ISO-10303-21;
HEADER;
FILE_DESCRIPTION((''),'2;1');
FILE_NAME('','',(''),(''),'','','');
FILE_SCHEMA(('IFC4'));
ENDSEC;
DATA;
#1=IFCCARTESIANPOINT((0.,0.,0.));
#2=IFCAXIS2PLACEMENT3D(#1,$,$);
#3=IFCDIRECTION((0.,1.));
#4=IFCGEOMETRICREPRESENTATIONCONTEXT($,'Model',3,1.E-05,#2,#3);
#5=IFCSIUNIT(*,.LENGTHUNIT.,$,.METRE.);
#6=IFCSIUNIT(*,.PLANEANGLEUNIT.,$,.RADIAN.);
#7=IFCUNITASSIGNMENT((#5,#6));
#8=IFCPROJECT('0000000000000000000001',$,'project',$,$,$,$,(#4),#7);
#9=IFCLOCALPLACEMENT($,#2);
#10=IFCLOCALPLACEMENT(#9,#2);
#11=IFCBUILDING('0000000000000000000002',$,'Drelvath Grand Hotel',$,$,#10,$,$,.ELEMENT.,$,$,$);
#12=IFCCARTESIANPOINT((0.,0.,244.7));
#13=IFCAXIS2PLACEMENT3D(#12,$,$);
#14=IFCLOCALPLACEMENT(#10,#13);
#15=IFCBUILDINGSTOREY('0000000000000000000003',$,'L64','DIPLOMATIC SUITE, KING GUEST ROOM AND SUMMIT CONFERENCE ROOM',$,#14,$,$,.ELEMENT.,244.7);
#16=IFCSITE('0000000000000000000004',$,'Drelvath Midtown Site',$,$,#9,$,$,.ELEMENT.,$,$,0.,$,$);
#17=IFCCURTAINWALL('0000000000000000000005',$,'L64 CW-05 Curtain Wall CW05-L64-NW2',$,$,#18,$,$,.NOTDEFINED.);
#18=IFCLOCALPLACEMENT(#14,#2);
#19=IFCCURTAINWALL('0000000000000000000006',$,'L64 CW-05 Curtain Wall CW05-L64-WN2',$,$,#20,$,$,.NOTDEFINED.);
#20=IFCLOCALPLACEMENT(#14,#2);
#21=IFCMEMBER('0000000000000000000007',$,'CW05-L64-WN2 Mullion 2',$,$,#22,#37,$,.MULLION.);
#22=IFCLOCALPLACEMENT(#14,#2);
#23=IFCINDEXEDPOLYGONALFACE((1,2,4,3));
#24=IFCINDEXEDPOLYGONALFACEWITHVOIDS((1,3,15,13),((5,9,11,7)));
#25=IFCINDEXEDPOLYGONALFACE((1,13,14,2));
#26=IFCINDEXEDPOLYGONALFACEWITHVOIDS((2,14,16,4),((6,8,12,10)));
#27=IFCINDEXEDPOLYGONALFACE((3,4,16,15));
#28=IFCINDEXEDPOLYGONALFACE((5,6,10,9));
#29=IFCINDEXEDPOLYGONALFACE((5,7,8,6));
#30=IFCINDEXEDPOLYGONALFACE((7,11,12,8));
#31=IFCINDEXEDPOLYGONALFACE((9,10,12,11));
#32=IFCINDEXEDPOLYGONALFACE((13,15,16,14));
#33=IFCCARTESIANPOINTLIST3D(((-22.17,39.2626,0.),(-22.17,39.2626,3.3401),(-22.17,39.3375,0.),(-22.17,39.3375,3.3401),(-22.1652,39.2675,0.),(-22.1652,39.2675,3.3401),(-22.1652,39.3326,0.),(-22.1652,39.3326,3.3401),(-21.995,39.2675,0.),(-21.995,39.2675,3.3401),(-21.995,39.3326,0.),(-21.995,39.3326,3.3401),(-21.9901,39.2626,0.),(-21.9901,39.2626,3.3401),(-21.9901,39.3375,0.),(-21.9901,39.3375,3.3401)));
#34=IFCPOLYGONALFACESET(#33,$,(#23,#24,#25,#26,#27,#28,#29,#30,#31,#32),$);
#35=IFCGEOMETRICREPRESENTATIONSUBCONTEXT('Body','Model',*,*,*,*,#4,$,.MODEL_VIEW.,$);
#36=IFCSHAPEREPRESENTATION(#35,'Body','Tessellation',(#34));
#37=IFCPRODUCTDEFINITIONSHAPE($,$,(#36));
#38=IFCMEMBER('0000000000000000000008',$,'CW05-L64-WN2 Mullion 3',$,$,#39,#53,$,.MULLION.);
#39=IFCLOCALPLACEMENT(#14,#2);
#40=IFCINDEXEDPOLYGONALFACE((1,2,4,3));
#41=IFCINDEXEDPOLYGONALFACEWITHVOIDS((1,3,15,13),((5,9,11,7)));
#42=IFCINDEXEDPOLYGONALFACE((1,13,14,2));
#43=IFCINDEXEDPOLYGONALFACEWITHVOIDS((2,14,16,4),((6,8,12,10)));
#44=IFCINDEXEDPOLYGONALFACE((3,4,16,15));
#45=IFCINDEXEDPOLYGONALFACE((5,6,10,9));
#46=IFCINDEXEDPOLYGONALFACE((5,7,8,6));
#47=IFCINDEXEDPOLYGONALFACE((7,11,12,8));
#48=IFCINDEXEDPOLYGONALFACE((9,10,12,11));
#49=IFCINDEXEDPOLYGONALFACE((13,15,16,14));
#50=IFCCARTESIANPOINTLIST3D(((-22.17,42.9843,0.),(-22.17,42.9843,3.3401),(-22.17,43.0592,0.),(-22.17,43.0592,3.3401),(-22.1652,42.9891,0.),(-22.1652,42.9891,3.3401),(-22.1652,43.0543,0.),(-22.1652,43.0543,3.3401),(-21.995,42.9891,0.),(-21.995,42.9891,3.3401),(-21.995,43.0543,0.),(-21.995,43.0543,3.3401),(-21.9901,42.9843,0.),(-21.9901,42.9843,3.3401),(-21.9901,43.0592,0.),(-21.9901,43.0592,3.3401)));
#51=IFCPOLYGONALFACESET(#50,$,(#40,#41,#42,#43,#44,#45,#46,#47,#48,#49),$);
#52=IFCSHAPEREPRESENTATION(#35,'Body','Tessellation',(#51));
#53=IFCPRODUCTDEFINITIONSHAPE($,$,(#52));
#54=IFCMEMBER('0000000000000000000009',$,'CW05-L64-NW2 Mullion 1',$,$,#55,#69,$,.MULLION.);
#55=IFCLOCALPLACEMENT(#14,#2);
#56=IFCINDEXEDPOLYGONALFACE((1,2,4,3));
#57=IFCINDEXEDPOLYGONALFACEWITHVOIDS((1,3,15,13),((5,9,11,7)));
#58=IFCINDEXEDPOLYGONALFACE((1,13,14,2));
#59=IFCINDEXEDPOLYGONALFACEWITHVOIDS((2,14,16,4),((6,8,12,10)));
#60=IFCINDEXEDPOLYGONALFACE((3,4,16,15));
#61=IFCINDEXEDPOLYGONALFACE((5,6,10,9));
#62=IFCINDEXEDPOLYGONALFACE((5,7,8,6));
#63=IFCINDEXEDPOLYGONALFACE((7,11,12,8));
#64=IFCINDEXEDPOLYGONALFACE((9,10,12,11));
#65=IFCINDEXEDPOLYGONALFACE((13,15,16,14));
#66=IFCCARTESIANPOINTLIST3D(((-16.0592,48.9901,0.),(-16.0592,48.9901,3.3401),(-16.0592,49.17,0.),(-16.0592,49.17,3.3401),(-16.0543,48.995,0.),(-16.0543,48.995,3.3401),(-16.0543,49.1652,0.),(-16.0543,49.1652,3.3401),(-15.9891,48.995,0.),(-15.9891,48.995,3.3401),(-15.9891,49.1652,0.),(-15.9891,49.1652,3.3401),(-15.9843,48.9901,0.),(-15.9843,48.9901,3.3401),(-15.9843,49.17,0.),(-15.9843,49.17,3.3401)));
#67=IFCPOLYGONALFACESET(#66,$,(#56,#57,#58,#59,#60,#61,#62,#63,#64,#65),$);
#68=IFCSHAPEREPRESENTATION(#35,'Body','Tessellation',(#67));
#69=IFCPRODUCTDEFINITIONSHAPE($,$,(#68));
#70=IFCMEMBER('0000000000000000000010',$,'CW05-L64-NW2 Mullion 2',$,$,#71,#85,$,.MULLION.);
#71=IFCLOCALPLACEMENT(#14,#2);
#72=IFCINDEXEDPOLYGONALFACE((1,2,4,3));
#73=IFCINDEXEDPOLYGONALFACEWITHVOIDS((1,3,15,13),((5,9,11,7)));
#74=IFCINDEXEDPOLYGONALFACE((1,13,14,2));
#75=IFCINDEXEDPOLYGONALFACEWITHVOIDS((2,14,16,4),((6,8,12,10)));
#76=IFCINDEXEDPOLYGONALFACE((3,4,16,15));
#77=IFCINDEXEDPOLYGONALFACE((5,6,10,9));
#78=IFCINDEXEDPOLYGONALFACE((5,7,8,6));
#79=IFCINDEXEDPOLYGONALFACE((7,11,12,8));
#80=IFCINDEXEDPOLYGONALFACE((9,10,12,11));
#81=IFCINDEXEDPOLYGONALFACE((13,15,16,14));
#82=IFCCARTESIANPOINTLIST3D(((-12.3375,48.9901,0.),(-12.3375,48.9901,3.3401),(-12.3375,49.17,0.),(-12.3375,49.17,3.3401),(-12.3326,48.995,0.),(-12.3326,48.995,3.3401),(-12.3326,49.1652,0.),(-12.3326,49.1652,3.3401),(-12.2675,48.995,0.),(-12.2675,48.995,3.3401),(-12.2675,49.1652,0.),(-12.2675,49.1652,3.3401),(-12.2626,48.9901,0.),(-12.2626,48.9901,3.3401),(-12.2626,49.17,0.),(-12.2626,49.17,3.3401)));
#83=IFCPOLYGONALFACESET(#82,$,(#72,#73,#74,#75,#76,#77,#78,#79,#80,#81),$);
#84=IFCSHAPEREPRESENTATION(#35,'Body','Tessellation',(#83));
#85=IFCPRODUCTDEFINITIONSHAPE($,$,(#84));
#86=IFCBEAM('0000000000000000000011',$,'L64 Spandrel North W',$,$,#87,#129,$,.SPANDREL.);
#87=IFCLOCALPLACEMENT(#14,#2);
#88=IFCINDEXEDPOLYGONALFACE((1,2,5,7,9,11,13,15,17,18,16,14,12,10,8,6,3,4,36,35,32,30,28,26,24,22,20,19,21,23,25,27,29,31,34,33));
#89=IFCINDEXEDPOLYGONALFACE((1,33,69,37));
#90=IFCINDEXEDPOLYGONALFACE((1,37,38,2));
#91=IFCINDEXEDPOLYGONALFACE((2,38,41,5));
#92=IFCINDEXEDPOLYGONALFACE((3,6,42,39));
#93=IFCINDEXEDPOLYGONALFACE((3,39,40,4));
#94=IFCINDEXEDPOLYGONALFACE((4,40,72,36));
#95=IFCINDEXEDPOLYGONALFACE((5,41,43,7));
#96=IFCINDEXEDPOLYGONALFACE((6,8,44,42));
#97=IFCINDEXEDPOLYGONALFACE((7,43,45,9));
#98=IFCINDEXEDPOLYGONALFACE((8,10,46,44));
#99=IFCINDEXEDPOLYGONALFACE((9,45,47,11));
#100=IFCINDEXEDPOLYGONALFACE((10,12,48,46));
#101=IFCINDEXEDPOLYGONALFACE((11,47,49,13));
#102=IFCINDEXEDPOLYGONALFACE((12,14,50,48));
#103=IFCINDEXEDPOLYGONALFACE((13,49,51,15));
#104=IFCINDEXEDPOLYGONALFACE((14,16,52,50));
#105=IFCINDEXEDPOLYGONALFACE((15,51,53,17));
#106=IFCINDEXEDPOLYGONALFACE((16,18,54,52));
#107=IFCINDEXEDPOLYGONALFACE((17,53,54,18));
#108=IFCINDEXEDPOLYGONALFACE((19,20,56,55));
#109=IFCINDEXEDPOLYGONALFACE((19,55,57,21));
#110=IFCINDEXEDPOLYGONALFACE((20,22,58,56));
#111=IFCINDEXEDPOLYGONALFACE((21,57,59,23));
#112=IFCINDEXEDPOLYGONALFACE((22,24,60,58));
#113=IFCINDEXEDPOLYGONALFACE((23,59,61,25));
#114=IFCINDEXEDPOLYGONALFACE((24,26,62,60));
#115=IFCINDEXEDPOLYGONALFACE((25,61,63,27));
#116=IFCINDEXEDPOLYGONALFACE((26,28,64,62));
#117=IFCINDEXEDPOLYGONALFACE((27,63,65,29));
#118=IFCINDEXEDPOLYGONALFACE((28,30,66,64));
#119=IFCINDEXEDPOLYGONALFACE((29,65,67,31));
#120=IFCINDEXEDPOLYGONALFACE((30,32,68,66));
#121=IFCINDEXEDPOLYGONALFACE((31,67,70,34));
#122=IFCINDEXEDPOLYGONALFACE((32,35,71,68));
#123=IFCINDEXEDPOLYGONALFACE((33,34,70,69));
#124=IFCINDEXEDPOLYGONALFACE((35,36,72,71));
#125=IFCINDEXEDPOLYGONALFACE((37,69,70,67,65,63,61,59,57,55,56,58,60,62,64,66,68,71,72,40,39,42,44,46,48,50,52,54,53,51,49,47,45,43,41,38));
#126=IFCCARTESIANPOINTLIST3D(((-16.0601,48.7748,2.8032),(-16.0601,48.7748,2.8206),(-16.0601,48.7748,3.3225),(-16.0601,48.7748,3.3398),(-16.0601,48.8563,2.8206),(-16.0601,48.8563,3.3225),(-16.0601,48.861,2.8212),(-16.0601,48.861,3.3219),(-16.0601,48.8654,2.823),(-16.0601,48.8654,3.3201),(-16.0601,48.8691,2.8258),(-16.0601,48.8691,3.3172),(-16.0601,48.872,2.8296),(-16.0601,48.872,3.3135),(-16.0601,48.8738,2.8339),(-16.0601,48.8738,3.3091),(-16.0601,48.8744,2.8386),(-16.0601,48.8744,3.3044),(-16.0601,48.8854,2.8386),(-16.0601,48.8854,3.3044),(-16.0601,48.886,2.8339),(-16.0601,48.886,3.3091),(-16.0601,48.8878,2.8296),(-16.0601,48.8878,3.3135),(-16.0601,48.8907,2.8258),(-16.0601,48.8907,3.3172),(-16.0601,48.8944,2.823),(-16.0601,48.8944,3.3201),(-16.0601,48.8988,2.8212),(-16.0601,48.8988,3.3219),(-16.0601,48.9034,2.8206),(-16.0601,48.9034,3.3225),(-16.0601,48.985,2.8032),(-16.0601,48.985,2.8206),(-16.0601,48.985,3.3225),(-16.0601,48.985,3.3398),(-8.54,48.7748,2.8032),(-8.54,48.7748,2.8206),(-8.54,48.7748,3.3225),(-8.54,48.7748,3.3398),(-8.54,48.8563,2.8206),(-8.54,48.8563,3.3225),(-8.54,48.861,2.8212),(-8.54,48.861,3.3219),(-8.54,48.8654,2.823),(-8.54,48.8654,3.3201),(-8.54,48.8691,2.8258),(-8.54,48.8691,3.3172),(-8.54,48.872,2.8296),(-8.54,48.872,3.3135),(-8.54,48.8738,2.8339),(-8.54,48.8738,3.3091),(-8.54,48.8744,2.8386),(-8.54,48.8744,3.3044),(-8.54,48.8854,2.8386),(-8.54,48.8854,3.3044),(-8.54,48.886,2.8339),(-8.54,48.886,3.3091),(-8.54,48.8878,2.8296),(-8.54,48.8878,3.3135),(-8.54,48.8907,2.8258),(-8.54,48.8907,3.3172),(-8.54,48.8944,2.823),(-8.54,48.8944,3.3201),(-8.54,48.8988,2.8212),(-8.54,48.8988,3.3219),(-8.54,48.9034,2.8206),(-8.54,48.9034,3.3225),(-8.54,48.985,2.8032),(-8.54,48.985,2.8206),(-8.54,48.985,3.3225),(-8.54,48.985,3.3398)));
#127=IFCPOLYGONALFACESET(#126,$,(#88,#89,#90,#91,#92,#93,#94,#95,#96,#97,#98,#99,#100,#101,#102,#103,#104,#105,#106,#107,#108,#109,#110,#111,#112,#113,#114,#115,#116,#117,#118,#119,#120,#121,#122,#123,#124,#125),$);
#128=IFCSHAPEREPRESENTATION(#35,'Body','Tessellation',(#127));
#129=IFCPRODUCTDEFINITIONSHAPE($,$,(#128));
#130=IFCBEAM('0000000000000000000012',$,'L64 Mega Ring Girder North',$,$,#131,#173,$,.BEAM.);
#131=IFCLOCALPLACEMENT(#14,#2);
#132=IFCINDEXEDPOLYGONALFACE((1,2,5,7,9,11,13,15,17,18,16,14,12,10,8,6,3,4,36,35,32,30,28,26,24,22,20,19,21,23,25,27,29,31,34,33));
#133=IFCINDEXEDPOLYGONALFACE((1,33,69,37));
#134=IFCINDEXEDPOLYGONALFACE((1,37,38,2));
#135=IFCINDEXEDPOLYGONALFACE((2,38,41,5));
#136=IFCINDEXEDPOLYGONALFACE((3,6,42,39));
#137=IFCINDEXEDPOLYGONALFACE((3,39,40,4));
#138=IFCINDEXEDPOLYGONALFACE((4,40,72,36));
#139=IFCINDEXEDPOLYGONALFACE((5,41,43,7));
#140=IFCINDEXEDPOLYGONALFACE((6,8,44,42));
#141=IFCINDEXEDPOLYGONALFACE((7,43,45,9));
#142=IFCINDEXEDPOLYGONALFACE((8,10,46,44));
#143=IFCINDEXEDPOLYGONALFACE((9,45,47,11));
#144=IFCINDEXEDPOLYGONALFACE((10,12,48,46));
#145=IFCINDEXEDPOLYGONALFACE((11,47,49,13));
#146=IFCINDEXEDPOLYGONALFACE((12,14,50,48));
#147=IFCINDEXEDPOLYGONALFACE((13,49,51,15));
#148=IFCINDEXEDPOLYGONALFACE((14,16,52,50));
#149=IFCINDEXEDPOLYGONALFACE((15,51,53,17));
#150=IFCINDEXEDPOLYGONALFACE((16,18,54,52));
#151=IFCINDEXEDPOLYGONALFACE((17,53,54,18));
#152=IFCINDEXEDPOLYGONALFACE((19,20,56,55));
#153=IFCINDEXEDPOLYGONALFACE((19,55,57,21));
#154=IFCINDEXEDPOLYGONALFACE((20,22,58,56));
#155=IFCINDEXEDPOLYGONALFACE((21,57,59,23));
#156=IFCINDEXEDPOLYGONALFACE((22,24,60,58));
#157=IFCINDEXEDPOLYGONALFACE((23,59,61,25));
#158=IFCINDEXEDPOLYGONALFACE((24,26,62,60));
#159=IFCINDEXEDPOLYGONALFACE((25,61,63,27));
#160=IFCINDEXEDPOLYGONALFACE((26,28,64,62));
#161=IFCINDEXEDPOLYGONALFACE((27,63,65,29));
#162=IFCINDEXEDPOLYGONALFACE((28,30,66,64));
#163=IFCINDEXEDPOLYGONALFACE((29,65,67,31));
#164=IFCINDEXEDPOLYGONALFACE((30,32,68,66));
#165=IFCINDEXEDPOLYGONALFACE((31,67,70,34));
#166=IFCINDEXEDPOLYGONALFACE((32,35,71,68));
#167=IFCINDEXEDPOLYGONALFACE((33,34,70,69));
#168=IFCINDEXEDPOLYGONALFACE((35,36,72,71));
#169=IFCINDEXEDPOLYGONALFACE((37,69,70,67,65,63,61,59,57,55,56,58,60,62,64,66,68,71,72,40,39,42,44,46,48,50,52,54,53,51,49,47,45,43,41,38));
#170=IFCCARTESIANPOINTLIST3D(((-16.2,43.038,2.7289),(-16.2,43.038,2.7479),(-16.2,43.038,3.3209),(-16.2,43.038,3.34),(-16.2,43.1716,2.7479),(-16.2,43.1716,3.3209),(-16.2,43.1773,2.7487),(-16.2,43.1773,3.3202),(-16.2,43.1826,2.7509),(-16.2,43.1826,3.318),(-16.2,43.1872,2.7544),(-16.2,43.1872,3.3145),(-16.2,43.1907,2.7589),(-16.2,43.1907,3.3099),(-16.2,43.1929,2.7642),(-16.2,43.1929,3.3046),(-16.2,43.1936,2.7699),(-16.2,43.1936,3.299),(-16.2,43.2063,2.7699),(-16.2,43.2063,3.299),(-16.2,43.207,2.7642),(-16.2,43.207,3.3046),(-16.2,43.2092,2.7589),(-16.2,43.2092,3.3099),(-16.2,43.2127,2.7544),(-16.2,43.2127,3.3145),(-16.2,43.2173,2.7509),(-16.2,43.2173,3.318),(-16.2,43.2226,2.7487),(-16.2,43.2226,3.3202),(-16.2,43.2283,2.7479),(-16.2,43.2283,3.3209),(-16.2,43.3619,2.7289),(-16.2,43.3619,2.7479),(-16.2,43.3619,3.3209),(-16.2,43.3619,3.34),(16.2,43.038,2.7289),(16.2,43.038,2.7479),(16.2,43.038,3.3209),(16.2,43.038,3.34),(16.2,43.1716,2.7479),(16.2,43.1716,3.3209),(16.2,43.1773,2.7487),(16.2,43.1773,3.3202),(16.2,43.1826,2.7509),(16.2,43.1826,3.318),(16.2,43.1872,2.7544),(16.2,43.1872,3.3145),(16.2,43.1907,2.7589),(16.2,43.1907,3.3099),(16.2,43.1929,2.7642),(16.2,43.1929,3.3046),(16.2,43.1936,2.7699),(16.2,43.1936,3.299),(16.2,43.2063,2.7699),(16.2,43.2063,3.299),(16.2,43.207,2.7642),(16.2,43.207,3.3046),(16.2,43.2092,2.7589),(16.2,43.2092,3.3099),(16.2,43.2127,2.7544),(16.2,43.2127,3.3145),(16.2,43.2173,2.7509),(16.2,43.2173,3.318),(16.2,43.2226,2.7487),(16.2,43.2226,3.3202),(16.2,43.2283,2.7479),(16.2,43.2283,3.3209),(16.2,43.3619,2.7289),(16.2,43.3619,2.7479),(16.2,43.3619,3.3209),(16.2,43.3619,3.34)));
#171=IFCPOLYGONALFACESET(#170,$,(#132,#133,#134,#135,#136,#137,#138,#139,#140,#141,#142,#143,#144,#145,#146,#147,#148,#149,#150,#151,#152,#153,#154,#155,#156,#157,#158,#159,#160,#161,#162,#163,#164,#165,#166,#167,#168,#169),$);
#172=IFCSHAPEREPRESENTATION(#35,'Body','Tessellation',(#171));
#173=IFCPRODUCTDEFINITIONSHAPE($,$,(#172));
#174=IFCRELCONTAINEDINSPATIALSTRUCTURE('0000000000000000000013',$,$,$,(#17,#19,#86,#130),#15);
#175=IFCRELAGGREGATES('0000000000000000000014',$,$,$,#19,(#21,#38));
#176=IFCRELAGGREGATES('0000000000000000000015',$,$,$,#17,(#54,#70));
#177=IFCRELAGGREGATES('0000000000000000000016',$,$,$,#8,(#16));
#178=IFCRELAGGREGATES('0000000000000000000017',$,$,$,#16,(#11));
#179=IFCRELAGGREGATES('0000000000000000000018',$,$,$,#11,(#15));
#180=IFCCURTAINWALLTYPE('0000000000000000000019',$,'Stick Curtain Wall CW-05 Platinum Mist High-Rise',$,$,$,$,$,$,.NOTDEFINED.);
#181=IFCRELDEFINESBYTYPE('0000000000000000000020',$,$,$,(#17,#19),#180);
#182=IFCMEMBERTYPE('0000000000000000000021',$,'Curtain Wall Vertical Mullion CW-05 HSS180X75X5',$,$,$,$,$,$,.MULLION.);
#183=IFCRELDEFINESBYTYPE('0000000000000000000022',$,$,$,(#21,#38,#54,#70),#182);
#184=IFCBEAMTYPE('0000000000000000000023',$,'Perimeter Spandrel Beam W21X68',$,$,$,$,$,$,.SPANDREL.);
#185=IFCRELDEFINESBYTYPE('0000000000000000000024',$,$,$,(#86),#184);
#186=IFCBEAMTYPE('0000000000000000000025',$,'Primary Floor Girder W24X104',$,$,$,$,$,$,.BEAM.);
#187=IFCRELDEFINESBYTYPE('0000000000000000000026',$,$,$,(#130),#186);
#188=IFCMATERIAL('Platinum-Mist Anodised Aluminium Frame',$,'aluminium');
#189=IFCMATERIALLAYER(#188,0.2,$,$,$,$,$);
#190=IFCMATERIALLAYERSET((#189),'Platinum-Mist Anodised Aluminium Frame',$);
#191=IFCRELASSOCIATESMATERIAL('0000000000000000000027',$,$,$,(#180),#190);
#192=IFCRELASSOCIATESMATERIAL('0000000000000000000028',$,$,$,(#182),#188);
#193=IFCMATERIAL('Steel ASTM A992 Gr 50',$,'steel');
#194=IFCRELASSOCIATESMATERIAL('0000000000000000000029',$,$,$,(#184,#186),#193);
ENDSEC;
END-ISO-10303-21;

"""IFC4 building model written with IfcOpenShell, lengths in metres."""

from ifc_helpers import new_model, si_unit, direction, frame, origin, origin_2d, place, context, subcontext, project, spatial, hollow_rectangle, i_section, extrude, material, layer, layer_set, material_profile, profile_set, type_object, element, aggregate, save


model = new_model("IFC4")

# Units and contexts
model_context = context("Model", 3, precision=1e-05, world=origin(), true_north=direction((0.0, 1.0)))
body_context = subcontext(model_context, "Body", "Model", "MODEL_VIEW")
ifc_project = project(units=[si_unit("LENGTHUNIT", "METRE"), si_unit("PLANEANGLEUNIT", "RADIAN")], contexts=[model_context])

# Site, building, storey
site_placement = place(None, origin())
site = spatial("IfcSite", under=ifc_project, at=site_placement, Name="Drelvath Midtown Site", CompositionType="ELEMENT", RefElevation=0.0)
building_placement = place(site_placement, origin())
building = spatial("IfcBuilding", under=site, at=building_placement, Name="Drelvath Grand Hotel", CompositionType="ELEMENT")
storey_placement = place(building_placement, frame((0.0, 0.0, 244.7)))
storey = spatial("IfcBuildingStorey", under=building, at=storey_placement, Name="L64", Description="DIPLOMATIC SUITE, KING GUEST ROOM AND SUMMIT CONFERENCE ROOM", CompositionType="ELEMENT", Elevation=244.7)

# Shared definitions
ifc_material_1 = material(Name="Steel ASTM A992 Gr 50", Category="steel")

# Curtain wall
ifc_material_2 = material(Name="Platinum-Mist Anodised Aluminium Frame", Category="aluminium")
ifc_layer_1 = layer(ifc_material_2, 0.2)
ifc_layer_set_1 = layer_set([ifc_layer_1], Name="Platinum-Mist Anodised Aluminium Frame")
curtain_wall_type = type_object("IfcCurtainWallType", Name="Stick Curtain Wall CW-05 Platinum Mist High-Rise", PredefinedType="NOTDEFINED", material=ifc_layer_set_1)
curtain_wall_1_placement = place(storey_placement, origin())
curtain_wall_1 = element("IfcCurtainWall", 1, at=curtain_wall_1_placement, inside=storey, type_object=curtain_wall_type, Name="L64 CW-05 Curtain Wall CW05-L64-NW2", PredefinedType="NOTDEFINED")

# Curtain wall, members
curtain_wall_2_placement = place(storey_placement, origin())
curtain_wall_2 = element("IfcCurtainWall", 2, at=curtain_wall_2_placement, inside=storey, type_object=curtain_wall_type, Name="L64 CW-05 Curtain Wall CW05-L64-WN2", PredefinedType="NOTDEFINED")
ifc_material_profile_1 = material_profile(ifc_material_2, hollow_rectangle(XDim=0.075, YDim=0.1799, WallThickness=0.0049, at=origin_2d()), Name="HSS180X75X5")
ifc_profile_set_1 = profile_set([ifc_material_profile_1], Name="Platinum-Mist Anodised Aluminium Frame")
member_type_1 = type_object("IfcMemberType", Name="Curtain Wall Vertical Mullion CW-05 HSS180X75X5", PredefinedType="MULLION", material=ifc_profile_set_1)
member_1_placement = place(storey_placement, frame((-22.0801, 39.3, 0.0), z_axis=(0.0, 0.0, 1.0), x_axis=(0.0, 1.0, 0.0)))
member_1 = element("IfcMember", 3, at=member_1_placement, type_object=member_type_1, Name="CW05-L64-WN2 Mullion 2", PredefinedType="MULLION", context=body_context, shape_type="SweptSolid", body=[
    extrude(hollow_rectangle(XDim=0.075, YDim=0.1799, WallThickness=0.0049, at=origin_2d()), origin(), (0.0, 0.0, 1.0), 3.3401),
])
member_2_placement = place(storey_placement, frame((-22.0801, 43.0217, 0.0), z_axis=(0.0, 0.0, 1.0), x_axis=(0.0, 1.0, 0.0)))
member_2 = element("IfcMember", 4, at=member_2_placement, type_object=member_type_1, Name="CW05-L64-WN2 Mullion 3", PredefinedType="MULLION", context=body_context, shape_type="SweptSolid", body=[
    extrude(hollow_rectangle(XDim=0.075, YDim=0.1799, WallThickness=0.0049, at=origin_2d()), origin(), (0.0, 0.0, 1.0), 3.3401),
])

# Members
member_3_placement = place(storey_placement, frame((-16.0217, 49.0801, 0.0), z_axis=(0.0, 0.0, 1.0), x_axis=(1.0, 0.0, 0.0)))
member_3 = element("IfcMember", 5, at=member_3_placement, type_object=member_type_1, Name="CW05-L64-NW2 Mullion 1", PredefinedType="MULLION", context=body_context, shape_type="SweptSolid", body=[
    extrude(hollow_rectangle(XDim=0.075, YDim=0.1799, WallThickness=0.0049, at=origin_2d()), origin(), (0.0, 0.0, 1.0), 3.3401),
])
member_4_placement = place(storey_placement, frame((-12.3, 49.0801, 0.0), z_axis=(0.0, 0.0, 1.0), x_axis=(1.0, 0.0, 0.0)))
member_4 = element("IfcMember", 6, at=member_4_placement, type_object=member_type_1, Name="CW05-L64-NW2 Mullion 2", PredefinedType="MULLION", context=body_context, shape_type="SweptSolid", body=[
    extrude(hollow_rectangle(XDim=0.075, YDim=0.1799, WallThickness=0.0049, at=origin_2d()), origin(), (0.0, 0.0, 1.0), 3.3401),
])

# Beams
ifc_material_profile_2 = material_profile(ifc_material_1, i_section(OverallWidth=0.2102, OverallDepth=0.5366, WebThickness=0.011, FlangeThickness=0.0173, FilletRadius=0.0181, at=origin_2d()), Name="W21X68")
ifc_profile_set_2 = profile_set([ifc_material_profile_2], Name="Steel ASTM A992 Gr 50")
beam_type_1 = type_object("IfcBeamType", Name="Perimeter Spandrel Beam W21X68", PredefinedType="SPANDREL", material=ifc_profile_set_2)
beam_1_placement = place(storey_placement, frame((-16.0601, 48.8799, 3.0715), z_axis=(1.0, 0.0, 0.0), x_axis=(0.0, 1.0, 0.0)))
element("IfcBeam", 7, at=beam_1_placement, inside=storey, type_object=beam_type_1, Name="L64 Spandrel North W", PredefinedType="SPANDREL", context=body_context, shape_type="SweptSolid", body=[
    extrude(i_section(OverallWidth=0.2102, OverallDepth=0.5366, WebThickness=0.011, FlangeThickness=0.0173, FilletRadius=0.0181, at=origin_2d()), origin(), (0.0, 0.0, 1.0), 7.52),
])
ifc_material_profile_3 = material_profile(ifc_material_1, i_section(OverallWidth=0.324, OverallDepth=0.6111, WebThickness=0.0127, FlangeThickness=0.019, FilletRadius=0.022, at=origin_2d()), Name="W24X104")
ifc_profile_set_3 = profile_set([ifc_material_profile_3], Name="Steel ASTM A992 Gr 50")
beam_type_2 = type_object("IfcBeamType", Name="Primary Floor Girder W24X104", PredefinedType="BEAM", material=ifc_profile_set_3)
beam_2_placement = place(storey_placement, frame((-16.2, 43.2, 3.0344), z_axis=(1.0, 0.0, 0.0), x_axis=(0.0, 1.0, 0.0)))
element("IfcBeam", 8, at=beam_2_placement, inside=storey, type_object=beam_type_2, Name="L64 Mega Ring Girder North", PredefinedType="BEAM", context=body_context, shape_type="SweptSolid", body=[
    extrude(i_section(OverallWidth=0.324, OverallDepth=0.6111, WebThickness=0.0127, FlangeThickness=0.019, FilletRadius=0.022, at=origin_2d()), origin(), (0.0, 0.0, 1.0), 32.3999),
])

aggregate(curtain_wall_2, [member_1, member_2])
aggregate(curtain_wall_1, [member_3, member_4])

save(model, "model.ifc")
